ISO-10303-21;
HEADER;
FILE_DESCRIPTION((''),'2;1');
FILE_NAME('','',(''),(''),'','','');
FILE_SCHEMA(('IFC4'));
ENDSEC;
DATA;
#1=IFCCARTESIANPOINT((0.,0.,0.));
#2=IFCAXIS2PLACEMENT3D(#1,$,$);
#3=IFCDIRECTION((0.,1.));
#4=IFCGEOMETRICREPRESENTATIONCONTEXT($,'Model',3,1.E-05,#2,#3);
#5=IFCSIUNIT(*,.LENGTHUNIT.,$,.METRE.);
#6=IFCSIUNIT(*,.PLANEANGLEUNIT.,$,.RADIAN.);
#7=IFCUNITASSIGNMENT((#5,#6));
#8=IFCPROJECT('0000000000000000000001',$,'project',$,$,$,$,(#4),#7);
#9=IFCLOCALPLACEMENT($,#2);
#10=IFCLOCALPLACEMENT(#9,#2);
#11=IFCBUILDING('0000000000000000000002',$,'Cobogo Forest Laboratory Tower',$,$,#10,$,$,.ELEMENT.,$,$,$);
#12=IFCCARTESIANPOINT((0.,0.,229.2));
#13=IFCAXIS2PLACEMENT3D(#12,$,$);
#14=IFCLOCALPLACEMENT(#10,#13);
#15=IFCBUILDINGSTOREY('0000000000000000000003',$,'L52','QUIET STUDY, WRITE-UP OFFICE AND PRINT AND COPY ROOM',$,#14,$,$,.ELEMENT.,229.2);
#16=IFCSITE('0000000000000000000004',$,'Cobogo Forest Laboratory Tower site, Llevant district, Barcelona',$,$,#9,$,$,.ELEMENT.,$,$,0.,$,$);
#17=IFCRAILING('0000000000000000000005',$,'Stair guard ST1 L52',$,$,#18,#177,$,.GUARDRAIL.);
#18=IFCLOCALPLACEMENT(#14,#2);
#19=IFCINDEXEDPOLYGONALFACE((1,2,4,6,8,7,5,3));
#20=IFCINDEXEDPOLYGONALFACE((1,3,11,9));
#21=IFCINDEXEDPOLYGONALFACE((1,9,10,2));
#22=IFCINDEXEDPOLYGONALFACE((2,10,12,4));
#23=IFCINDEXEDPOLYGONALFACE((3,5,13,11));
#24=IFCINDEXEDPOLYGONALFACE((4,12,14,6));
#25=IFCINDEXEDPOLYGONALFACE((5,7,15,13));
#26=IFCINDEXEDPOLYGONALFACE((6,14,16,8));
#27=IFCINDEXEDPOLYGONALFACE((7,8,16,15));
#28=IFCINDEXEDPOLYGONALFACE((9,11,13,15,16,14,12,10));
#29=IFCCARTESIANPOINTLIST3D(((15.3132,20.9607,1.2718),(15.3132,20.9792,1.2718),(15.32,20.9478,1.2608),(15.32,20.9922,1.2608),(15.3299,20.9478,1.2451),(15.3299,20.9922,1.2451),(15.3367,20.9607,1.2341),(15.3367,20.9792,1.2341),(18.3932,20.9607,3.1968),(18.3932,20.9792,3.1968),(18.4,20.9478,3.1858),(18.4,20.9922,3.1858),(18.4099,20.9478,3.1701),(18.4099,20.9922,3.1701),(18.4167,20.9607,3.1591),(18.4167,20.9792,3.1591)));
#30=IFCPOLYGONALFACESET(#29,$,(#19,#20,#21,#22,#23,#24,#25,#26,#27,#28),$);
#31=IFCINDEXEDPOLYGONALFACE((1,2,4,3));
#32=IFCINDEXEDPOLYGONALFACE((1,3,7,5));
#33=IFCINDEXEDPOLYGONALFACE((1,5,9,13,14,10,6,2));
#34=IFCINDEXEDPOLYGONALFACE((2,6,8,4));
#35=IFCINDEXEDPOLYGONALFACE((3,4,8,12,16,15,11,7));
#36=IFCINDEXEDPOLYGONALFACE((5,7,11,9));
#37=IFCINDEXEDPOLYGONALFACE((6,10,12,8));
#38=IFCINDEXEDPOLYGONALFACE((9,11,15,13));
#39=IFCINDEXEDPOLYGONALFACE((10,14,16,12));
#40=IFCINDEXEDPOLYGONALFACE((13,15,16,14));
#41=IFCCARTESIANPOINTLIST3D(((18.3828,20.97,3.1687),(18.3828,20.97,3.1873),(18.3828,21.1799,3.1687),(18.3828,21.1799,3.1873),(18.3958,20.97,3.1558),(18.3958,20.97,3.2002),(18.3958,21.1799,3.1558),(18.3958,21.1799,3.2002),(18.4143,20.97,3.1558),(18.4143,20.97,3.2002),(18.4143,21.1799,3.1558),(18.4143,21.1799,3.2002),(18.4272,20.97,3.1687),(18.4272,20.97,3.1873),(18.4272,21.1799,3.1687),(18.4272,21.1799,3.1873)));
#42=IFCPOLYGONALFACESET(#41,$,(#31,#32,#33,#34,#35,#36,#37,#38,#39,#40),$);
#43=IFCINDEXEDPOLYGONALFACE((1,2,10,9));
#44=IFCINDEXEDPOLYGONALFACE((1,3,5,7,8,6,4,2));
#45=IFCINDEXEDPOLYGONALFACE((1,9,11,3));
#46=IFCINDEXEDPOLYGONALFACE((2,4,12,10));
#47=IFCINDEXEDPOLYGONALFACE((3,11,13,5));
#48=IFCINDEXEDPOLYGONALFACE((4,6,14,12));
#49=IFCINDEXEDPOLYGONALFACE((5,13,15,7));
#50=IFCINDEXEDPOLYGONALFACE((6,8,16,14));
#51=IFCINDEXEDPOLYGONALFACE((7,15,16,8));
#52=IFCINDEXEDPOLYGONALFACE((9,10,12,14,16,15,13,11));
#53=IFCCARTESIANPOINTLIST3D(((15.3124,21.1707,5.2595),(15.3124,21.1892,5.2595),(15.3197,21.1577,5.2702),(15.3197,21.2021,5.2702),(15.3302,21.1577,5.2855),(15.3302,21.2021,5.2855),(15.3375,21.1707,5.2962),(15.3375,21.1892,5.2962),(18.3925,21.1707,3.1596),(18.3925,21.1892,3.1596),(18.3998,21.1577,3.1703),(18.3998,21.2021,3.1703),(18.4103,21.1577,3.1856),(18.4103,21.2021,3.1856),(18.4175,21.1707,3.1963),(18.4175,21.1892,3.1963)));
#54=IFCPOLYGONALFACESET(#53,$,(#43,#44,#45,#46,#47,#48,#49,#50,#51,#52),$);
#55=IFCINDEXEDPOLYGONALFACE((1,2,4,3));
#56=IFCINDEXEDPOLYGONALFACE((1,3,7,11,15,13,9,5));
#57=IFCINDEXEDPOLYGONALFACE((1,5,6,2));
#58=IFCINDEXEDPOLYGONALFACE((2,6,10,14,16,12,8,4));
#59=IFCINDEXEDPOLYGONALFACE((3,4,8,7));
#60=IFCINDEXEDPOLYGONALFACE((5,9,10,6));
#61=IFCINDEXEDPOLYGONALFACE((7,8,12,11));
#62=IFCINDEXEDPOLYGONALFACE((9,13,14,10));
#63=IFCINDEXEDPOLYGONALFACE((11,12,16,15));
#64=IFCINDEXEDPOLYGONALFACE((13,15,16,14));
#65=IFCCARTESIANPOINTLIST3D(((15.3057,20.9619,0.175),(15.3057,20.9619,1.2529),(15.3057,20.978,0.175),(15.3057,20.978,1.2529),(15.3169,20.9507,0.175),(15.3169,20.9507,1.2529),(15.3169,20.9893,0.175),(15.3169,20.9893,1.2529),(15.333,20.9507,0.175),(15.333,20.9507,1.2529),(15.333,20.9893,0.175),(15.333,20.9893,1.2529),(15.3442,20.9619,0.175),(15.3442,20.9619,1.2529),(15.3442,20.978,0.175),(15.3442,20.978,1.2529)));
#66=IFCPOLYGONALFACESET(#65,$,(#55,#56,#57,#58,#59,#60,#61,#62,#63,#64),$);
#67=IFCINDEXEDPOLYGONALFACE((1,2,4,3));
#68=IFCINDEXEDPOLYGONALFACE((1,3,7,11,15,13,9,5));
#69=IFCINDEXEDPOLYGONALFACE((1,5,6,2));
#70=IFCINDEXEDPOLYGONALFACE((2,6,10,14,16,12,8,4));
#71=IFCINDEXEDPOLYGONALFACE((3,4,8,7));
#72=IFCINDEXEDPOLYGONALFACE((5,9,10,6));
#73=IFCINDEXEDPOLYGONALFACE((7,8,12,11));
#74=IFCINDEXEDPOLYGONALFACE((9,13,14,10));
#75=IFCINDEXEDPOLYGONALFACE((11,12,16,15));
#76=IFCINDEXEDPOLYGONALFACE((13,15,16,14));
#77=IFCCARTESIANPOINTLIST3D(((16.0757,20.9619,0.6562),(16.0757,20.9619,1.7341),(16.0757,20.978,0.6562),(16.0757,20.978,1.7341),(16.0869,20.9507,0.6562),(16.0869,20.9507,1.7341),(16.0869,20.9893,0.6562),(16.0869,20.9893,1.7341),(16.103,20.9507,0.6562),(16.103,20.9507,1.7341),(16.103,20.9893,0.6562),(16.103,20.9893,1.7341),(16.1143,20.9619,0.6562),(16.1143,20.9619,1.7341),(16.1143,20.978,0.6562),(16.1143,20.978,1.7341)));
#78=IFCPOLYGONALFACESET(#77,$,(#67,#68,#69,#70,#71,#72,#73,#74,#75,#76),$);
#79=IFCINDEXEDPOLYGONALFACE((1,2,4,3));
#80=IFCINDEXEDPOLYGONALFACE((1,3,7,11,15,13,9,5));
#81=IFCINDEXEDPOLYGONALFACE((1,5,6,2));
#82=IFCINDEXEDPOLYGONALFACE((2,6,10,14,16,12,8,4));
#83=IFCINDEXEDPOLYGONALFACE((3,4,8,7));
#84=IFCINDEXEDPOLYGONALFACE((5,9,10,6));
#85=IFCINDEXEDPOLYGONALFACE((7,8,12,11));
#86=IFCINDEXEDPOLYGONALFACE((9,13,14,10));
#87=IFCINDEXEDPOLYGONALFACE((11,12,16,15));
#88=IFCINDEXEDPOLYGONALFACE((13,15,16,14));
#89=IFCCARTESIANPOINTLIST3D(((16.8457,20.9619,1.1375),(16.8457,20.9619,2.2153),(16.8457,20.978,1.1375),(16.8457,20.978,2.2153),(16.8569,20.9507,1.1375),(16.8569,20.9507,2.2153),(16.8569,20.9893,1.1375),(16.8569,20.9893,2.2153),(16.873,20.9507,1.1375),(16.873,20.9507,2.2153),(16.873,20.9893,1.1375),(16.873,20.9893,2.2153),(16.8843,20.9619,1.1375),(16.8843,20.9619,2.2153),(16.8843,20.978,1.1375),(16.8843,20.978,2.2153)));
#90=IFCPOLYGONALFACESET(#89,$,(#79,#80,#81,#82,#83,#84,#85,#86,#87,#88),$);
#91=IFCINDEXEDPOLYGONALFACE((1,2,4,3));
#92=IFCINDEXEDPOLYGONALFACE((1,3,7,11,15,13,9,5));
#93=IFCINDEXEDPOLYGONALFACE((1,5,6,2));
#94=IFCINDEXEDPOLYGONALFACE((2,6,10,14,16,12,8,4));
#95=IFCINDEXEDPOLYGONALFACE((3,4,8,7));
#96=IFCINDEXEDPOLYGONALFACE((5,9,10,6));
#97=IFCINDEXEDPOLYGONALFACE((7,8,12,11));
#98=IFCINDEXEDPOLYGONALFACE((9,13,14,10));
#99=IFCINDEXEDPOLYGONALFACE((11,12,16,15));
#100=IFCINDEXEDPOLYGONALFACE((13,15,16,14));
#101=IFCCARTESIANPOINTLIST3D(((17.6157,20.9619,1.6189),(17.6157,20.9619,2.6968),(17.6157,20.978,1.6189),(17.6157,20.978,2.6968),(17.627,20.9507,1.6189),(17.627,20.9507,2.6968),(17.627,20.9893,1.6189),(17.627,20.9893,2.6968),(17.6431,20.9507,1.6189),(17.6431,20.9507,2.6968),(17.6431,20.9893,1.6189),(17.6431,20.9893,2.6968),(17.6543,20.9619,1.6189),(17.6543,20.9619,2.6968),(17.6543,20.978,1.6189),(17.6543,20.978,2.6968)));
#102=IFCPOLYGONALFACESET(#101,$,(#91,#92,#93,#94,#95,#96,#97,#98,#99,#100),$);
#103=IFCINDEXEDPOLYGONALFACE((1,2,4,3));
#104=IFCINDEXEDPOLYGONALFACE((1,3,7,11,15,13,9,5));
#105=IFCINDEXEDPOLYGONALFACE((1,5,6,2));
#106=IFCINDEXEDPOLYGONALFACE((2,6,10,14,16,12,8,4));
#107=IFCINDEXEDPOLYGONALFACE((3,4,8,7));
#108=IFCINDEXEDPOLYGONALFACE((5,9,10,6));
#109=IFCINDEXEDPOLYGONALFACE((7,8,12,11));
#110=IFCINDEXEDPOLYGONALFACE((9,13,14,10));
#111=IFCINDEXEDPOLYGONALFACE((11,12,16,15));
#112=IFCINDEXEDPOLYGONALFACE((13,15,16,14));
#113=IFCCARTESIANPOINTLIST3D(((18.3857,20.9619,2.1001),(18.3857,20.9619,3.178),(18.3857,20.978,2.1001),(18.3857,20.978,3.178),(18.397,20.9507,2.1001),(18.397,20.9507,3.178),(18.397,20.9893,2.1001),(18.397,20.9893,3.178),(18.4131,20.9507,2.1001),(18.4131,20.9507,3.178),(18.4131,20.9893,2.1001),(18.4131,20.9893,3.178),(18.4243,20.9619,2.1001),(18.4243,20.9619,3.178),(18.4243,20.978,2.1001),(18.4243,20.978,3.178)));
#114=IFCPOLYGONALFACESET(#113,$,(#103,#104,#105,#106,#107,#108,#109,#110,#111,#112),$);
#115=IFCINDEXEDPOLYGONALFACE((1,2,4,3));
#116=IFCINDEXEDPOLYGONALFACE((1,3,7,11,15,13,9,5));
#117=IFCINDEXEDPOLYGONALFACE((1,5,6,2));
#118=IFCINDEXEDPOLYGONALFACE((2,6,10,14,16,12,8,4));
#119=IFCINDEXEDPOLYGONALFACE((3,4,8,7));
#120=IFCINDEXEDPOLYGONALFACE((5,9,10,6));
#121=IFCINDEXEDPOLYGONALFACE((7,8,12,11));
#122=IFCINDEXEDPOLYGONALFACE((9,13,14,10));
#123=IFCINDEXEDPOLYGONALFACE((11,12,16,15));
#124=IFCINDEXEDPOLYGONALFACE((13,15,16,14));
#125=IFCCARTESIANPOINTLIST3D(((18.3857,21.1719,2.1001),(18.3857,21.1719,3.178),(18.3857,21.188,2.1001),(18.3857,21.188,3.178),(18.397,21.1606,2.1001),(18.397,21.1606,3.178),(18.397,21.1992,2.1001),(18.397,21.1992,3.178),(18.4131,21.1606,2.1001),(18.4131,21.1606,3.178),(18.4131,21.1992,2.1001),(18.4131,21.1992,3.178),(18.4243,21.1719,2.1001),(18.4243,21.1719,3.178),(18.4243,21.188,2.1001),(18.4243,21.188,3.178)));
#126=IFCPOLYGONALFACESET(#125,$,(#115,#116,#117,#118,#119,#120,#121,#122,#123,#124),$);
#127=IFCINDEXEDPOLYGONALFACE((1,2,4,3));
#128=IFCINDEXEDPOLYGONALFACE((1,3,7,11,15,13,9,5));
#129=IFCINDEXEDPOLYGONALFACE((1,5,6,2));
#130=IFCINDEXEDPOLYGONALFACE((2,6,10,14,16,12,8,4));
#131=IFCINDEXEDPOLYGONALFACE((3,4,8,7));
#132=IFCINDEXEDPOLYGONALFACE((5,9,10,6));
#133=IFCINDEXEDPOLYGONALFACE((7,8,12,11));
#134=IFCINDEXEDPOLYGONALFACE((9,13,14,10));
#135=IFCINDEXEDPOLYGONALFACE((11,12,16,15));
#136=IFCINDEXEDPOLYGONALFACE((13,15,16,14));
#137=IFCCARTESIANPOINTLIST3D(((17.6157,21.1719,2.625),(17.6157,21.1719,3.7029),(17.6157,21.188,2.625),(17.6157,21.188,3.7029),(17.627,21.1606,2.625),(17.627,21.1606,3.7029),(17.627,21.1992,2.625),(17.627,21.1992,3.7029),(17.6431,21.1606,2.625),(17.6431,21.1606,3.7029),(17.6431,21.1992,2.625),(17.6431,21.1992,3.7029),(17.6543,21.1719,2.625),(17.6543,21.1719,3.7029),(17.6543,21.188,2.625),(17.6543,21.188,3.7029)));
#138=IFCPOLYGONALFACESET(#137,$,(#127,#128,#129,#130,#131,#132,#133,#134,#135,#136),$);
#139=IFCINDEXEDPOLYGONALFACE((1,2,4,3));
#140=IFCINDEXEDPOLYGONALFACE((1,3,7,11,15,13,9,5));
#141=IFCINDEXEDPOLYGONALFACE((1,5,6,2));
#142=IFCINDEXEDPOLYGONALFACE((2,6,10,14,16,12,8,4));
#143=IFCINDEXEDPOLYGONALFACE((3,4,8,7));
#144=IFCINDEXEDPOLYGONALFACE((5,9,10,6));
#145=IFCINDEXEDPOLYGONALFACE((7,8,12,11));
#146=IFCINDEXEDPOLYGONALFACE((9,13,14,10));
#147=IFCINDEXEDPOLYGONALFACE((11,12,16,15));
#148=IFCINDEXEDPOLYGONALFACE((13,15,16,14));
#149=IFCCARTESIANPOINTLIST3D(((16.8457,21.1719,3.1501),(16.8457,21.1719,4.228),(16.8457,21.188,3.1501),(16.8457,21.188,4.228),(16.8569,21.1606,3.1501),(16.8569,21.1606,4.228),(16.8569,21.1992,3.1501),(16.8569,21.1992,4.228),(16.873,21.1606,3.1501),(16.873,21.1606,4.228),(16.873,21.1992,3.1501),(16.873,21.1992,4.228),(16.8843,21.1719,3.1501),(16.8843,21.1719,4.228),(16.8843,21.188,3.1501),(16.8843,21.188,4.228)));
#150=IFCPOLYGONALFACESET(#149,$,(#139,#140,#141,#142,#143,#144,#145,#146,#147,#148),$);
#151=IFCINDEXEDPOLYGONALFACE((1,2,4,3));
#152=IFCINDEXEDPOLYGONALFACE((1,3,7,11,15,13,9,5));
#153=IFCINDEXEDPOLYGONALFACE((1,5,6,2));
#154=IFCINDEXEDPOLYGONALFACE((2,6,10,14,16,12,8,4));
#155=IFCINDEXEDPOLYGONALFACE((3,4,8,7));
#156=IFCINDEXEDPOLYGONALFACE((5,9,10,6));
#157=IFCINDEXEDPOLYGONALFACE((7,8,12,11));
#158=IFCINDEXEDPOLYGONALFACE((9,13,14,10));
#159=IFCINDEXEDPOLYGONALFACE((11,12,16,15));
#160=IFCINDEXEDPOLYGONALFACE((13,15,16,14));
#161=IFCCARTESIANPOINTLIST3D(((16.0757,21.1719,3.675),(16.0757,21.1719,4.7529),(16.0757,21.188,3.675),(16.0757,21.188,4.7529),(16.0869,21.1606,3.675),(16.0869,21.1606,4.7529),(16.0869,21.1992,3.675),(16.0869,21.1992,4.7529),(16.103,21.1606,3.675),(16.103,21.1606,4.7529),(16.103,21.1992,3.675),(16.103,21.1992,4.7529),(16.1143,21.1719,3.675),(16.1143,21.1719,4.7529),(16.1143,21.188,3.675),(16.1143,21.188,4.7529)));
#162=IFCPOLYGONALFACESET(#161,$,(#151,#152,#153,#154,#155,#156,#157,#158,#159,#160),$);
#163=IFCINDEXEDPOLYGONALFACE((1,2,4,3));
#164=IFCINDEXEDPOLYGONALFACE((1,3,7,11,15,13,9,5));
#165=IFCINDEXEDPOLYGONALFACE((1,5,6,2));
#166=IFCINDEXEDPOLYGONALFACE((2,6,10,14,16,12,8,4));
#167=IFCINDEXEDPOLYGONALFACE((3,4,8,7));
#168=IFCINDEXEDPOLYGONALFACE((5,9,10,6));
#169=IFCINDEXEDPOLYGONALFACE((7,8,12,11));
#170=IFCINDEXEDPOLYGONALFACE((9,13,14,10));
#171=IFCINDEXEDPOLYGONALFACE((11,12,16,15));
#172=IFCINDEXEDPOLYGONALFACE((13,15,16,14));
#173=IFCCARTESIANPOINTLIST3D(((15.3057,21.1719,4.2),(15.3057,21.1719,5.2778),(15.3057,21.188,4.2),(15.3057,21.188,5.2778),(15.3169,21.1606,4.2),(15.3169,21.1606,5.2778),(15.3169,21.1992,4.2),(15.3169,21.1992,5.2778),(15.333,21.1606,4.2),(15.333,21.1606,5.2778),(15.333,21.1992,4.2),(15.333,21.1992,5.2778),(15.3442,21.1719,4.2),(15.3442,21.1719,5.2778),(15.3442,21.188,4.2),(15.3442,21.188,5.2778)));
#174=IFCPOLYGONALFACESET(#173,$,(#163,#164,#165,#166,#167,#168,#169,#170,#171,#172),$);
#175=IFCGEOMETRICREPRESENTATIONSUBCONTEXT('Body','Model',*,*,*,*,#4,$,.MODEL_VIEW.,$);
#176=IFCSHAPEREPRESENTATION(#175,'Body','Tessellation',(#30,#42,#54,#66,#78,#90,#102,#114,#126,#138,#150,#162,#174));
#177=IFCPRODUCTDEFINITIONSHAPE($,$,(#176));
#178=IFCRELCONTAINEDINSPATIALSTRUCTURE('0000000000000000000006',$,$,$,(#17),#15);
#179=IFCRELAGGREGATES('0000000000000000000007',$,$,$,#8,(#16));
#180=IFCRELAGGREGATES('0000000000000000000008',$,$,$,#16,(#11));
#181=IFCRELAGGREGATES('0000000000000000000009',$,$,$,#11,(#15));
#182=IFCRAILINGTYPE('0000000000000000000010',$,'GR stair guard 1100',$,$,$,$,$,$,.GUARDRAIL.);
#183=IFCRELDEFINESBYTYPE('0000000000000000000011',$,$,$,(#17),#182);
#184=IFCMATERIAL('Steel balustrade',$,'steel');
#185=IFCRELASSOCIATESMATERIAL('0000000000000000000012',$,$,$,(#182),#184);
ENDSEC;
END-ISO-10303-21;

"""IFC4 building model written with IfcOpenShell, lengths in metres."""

from ifc_helpers import new_model, si_unit, direction, frame, origin, place, context, subcontext, project, spatial, polyline, outline, extrude, material, type_object, element, save


model = new_model("IFC4")

# Units and contexts
model_context = context("Model", 3, precision=1e-05, world=origin(), true_north=direction((0.0, 1.0)))
body_context = subcontext(model_context, "Body", "Model", "MODEL_VIEW")
ifc_project = project(units=[si_unit("LENGTHUNIT", "METRE"), si_unit("PLANEANGLEUNIT", "RADIAN")], contexts=[model_context])

# Site, building, storey
site_placement = place(None, origin())
site = spatial("IfcSite", under=ifc_project, at=site_placement, Name="Cobogo Forest Laboratory Tower site, Llevant district, Barcelona", CompositionType="ELEMENT", RefElevation=0.0)
building_placement = place(site_placement, origin())
building = spatial("IfcBuilding", under=site, at=building_placement, Name="Cobogo Forest Laboratory Tower", CompositionType="ELEMENT")
storey_placement = place(building_placement, frame((0.0, 0.0, 229.2)))
storey = spatial("IfcBuildingStorey", under=building, at=storey_placement, Name="L52", Description="QUIET STUDY, WRITE-UP OFFICE AND PRINT AND COPY ROOM", CompositionType="ELEMENT", Elevation=229.2)

# Railing
ifc_material_1 = material(Name="Steel balustrade", Category="steel")
railing_type = type_object("IfcRailingType", Name="GR stair guard 1100", PredefinedType="GUARDRAIL", material=ifc_material_1)
railing_placement = place(storey_placement, frame((15.325, 20.97, 0.175)))
element("IfcRailing", 1, at=railing_placement, inside=storey, type_object=railing_type, Name="Stair guard ST1 L52", PredefinedType="GUARDRAIL", context=body_context, shape_type="SweptSolid", body=[
    extrude(outline(polyline([(0.0222, 0.0093), (0.0093, 0.0222), (-0.0093, 0.0222), (-0.0222, 0.0093), (-0.0222, -0.0093), (-0.0093, -0.0222), (0.0093, -0.0222), (0.0222, -0.0093), (0.0222, 0.0093)])), frame((0.0, 0.0, 1.0779), z_axis=(0.847998, 0.0, 0.529999), x_axis=(0.0, 1.0, 0.0)), (0.0, 0.0, 1.0), 3.6321),
    extrude(outline(polyline([(0.0222, 0.0093), (0.0093, 0.0222), (-0.0093, 0.0222), (-0.0222, 0.0093), (-0.0222, -0.0093), (-0.0093, -0.0222), (0.0093, -0.0222), (0.0222, -0.0093), (0.0222, 0.0093)])), frame((3.0801, 0.0, 3.0029), z_axis=(0.0, 1.0, 0.0), x_axis=(-1.0, 0.0, 0.0)), (0.0, 0.0, 1.0), 0.21),
    extrude(outline(polyline([(0.0222, 0.0093), (0.0093, 0.0222), (-0.0093, 0.0222), (-0.0222, 0.0093), (-0.0222, -0.0093), (-0.0093, -0.0222), (0.0093, -0.0222), (0.0222, -0.0093), (0.0222, 0.0093)])), frame((3.0801, 0.21, 3.0029), z_axis=(-0.826252, 0.0, 0.5633), x_axis=(0.0, -1.0, 0.0)), (0.0, 0.0, 1.0), 3.7278),
    extrude(outline(polyline([(0.0193, 0.0081), (0.0081, 0.0193), (-0.0081, 0.0193), (-0.0193, 0.0081), (-0.0193, -0.0081), (-0.0081, -0.0193), (0.0081, -0.0193), (0.0193, -0.0081), (0.0193, 0.0081)])), origin(), (0.0, 0.0, 1.0), 1.0779),
    extrude(outline(polyline([(0.0193, 0.0081), (0.0081, 0.0193), (-0.0081, 0.0193), (-0.0193, 0.0081), (-0.0193, -0.0081), (-0.0081, -0.0193), (0.0081, -0.0193), (0.0193, -0.0081), (0.0193, 0.0081)])), frame((0.77, 0.0, 0.4812)), (0.0, 0.0, 1.0), 1.0779),
    extrude(outline(polyline([(0.0193, 0.0081), (0.0081, 0.0193), (-0.0081, 0.0193), (-0.0193, 0.0081), (-0.0193, -0.0081), (-0.0081, -0.0193), (0.0081, -0.0193), (0.0193, -0.0081), (0.0193, 0.0081)])), frame((1.54, 0.0, 0.9624)), (0.0, 0.0, 1.0), 1.0779),
    extrude(outline(polyline([(0.0193, 0.0081), (0.0081, 0.0193), (-0.0081, 0.0193), (-0.0193, 0.0081), (-0.0193, -0.0081), (-0.0081, -0.0193), (0.0081, -0.0193), (0.0193, -0.0081), (0.0193, 0.0081)])), frame((2.3101, 0.0, 1.4438)), (0.0, 0.0, 1.0), 1.0779),
    extrude(outline(polyline([(0.0193, 0.0081), (0.0081, 0.0193), (-0.0081, 0.0193), (-0.0193, 0.0081), (-0.0193, -0.0081), (-0.0081, -0.0193), (0.0081, -0.0193), (0.0193, -0.0081), (0.0193, 0.0081)])), frame((3.0801, 0.0, 1.925)), (0.0, 0.0, 1.0), 1.0779),
    extrude(outline(polyline([(0.0193, 0.0081), (0.0081, 0.0193), (-0.0081, 0.0193), (-0.0193, 0.0081), (-0.0193, -0.0081), (-0.0081, -0.0193), (0.0081, -0.0193), (0.0193, -0.0081), (0.0193, 0.0081)])), frame((3.0801, 0.21, 1.925)), (0.0, 0.0, 1.0), 1.0779),
    extrude(outline(polyline([(0.0193, 0.0081), (0.0081, 0.0193), (-0.0081, 0.0193), (-0.0193, 0.0081), (-0.0193, -0.0081), (-0.0081, -0.0193), (0.0081, -0.0193), (0.0193, -0.0081), (0.0193, 0.0081)])), frame((2.3101, 0.21, 2.45)), (0.0, 0.0, 1.0), 1.0779),
    extrude(outline(polyline([(0.0193, 0.0081), (0.0081, 0.0193), (-0.0081, 0.0193), (-0.0193, 0.0081), (-0.0193, -0.0081), (-0.0081, -0.0193), (0.0081, -0.0193), (0.0193, -0.0081), (0.0193, 0.0081)])), frame((1.54, 0.21, 2.9751)), (0.0, 0.0, 1.0), 1.0779),
    extrude(outline(polyline([(0.0193, 0.0081), (0.0081, 0.0193), (-0.0081, 0.0193), (-0.0193, 0.0081), (-0.0193, -0.0081), (-0.0081, -0.0193), (0.0081, -0.0193), (0.0193, -0.0081), (0.0193, 0.0081)])), frame((0.77, 0.21, 3.5)), (0.0, 0.0, 1.0), 1.0779),
    extrude(outline(polyline([(0.0193, 0.0081), (0.0081, 0.0193), (-0.0081, 0.0193), (-0.0193, 0.0081), (-0.0193, -0.0081), (-0.0081, -0.0193), (0.0081, -0.0193), (0.0193, -0.0081), (0.0193, 0.0081)])), frame((0.0, 0.21, 4.0249)), (0.0, 0.0, 1.0), 1.0779),
])

save(model, "model.ifc")
